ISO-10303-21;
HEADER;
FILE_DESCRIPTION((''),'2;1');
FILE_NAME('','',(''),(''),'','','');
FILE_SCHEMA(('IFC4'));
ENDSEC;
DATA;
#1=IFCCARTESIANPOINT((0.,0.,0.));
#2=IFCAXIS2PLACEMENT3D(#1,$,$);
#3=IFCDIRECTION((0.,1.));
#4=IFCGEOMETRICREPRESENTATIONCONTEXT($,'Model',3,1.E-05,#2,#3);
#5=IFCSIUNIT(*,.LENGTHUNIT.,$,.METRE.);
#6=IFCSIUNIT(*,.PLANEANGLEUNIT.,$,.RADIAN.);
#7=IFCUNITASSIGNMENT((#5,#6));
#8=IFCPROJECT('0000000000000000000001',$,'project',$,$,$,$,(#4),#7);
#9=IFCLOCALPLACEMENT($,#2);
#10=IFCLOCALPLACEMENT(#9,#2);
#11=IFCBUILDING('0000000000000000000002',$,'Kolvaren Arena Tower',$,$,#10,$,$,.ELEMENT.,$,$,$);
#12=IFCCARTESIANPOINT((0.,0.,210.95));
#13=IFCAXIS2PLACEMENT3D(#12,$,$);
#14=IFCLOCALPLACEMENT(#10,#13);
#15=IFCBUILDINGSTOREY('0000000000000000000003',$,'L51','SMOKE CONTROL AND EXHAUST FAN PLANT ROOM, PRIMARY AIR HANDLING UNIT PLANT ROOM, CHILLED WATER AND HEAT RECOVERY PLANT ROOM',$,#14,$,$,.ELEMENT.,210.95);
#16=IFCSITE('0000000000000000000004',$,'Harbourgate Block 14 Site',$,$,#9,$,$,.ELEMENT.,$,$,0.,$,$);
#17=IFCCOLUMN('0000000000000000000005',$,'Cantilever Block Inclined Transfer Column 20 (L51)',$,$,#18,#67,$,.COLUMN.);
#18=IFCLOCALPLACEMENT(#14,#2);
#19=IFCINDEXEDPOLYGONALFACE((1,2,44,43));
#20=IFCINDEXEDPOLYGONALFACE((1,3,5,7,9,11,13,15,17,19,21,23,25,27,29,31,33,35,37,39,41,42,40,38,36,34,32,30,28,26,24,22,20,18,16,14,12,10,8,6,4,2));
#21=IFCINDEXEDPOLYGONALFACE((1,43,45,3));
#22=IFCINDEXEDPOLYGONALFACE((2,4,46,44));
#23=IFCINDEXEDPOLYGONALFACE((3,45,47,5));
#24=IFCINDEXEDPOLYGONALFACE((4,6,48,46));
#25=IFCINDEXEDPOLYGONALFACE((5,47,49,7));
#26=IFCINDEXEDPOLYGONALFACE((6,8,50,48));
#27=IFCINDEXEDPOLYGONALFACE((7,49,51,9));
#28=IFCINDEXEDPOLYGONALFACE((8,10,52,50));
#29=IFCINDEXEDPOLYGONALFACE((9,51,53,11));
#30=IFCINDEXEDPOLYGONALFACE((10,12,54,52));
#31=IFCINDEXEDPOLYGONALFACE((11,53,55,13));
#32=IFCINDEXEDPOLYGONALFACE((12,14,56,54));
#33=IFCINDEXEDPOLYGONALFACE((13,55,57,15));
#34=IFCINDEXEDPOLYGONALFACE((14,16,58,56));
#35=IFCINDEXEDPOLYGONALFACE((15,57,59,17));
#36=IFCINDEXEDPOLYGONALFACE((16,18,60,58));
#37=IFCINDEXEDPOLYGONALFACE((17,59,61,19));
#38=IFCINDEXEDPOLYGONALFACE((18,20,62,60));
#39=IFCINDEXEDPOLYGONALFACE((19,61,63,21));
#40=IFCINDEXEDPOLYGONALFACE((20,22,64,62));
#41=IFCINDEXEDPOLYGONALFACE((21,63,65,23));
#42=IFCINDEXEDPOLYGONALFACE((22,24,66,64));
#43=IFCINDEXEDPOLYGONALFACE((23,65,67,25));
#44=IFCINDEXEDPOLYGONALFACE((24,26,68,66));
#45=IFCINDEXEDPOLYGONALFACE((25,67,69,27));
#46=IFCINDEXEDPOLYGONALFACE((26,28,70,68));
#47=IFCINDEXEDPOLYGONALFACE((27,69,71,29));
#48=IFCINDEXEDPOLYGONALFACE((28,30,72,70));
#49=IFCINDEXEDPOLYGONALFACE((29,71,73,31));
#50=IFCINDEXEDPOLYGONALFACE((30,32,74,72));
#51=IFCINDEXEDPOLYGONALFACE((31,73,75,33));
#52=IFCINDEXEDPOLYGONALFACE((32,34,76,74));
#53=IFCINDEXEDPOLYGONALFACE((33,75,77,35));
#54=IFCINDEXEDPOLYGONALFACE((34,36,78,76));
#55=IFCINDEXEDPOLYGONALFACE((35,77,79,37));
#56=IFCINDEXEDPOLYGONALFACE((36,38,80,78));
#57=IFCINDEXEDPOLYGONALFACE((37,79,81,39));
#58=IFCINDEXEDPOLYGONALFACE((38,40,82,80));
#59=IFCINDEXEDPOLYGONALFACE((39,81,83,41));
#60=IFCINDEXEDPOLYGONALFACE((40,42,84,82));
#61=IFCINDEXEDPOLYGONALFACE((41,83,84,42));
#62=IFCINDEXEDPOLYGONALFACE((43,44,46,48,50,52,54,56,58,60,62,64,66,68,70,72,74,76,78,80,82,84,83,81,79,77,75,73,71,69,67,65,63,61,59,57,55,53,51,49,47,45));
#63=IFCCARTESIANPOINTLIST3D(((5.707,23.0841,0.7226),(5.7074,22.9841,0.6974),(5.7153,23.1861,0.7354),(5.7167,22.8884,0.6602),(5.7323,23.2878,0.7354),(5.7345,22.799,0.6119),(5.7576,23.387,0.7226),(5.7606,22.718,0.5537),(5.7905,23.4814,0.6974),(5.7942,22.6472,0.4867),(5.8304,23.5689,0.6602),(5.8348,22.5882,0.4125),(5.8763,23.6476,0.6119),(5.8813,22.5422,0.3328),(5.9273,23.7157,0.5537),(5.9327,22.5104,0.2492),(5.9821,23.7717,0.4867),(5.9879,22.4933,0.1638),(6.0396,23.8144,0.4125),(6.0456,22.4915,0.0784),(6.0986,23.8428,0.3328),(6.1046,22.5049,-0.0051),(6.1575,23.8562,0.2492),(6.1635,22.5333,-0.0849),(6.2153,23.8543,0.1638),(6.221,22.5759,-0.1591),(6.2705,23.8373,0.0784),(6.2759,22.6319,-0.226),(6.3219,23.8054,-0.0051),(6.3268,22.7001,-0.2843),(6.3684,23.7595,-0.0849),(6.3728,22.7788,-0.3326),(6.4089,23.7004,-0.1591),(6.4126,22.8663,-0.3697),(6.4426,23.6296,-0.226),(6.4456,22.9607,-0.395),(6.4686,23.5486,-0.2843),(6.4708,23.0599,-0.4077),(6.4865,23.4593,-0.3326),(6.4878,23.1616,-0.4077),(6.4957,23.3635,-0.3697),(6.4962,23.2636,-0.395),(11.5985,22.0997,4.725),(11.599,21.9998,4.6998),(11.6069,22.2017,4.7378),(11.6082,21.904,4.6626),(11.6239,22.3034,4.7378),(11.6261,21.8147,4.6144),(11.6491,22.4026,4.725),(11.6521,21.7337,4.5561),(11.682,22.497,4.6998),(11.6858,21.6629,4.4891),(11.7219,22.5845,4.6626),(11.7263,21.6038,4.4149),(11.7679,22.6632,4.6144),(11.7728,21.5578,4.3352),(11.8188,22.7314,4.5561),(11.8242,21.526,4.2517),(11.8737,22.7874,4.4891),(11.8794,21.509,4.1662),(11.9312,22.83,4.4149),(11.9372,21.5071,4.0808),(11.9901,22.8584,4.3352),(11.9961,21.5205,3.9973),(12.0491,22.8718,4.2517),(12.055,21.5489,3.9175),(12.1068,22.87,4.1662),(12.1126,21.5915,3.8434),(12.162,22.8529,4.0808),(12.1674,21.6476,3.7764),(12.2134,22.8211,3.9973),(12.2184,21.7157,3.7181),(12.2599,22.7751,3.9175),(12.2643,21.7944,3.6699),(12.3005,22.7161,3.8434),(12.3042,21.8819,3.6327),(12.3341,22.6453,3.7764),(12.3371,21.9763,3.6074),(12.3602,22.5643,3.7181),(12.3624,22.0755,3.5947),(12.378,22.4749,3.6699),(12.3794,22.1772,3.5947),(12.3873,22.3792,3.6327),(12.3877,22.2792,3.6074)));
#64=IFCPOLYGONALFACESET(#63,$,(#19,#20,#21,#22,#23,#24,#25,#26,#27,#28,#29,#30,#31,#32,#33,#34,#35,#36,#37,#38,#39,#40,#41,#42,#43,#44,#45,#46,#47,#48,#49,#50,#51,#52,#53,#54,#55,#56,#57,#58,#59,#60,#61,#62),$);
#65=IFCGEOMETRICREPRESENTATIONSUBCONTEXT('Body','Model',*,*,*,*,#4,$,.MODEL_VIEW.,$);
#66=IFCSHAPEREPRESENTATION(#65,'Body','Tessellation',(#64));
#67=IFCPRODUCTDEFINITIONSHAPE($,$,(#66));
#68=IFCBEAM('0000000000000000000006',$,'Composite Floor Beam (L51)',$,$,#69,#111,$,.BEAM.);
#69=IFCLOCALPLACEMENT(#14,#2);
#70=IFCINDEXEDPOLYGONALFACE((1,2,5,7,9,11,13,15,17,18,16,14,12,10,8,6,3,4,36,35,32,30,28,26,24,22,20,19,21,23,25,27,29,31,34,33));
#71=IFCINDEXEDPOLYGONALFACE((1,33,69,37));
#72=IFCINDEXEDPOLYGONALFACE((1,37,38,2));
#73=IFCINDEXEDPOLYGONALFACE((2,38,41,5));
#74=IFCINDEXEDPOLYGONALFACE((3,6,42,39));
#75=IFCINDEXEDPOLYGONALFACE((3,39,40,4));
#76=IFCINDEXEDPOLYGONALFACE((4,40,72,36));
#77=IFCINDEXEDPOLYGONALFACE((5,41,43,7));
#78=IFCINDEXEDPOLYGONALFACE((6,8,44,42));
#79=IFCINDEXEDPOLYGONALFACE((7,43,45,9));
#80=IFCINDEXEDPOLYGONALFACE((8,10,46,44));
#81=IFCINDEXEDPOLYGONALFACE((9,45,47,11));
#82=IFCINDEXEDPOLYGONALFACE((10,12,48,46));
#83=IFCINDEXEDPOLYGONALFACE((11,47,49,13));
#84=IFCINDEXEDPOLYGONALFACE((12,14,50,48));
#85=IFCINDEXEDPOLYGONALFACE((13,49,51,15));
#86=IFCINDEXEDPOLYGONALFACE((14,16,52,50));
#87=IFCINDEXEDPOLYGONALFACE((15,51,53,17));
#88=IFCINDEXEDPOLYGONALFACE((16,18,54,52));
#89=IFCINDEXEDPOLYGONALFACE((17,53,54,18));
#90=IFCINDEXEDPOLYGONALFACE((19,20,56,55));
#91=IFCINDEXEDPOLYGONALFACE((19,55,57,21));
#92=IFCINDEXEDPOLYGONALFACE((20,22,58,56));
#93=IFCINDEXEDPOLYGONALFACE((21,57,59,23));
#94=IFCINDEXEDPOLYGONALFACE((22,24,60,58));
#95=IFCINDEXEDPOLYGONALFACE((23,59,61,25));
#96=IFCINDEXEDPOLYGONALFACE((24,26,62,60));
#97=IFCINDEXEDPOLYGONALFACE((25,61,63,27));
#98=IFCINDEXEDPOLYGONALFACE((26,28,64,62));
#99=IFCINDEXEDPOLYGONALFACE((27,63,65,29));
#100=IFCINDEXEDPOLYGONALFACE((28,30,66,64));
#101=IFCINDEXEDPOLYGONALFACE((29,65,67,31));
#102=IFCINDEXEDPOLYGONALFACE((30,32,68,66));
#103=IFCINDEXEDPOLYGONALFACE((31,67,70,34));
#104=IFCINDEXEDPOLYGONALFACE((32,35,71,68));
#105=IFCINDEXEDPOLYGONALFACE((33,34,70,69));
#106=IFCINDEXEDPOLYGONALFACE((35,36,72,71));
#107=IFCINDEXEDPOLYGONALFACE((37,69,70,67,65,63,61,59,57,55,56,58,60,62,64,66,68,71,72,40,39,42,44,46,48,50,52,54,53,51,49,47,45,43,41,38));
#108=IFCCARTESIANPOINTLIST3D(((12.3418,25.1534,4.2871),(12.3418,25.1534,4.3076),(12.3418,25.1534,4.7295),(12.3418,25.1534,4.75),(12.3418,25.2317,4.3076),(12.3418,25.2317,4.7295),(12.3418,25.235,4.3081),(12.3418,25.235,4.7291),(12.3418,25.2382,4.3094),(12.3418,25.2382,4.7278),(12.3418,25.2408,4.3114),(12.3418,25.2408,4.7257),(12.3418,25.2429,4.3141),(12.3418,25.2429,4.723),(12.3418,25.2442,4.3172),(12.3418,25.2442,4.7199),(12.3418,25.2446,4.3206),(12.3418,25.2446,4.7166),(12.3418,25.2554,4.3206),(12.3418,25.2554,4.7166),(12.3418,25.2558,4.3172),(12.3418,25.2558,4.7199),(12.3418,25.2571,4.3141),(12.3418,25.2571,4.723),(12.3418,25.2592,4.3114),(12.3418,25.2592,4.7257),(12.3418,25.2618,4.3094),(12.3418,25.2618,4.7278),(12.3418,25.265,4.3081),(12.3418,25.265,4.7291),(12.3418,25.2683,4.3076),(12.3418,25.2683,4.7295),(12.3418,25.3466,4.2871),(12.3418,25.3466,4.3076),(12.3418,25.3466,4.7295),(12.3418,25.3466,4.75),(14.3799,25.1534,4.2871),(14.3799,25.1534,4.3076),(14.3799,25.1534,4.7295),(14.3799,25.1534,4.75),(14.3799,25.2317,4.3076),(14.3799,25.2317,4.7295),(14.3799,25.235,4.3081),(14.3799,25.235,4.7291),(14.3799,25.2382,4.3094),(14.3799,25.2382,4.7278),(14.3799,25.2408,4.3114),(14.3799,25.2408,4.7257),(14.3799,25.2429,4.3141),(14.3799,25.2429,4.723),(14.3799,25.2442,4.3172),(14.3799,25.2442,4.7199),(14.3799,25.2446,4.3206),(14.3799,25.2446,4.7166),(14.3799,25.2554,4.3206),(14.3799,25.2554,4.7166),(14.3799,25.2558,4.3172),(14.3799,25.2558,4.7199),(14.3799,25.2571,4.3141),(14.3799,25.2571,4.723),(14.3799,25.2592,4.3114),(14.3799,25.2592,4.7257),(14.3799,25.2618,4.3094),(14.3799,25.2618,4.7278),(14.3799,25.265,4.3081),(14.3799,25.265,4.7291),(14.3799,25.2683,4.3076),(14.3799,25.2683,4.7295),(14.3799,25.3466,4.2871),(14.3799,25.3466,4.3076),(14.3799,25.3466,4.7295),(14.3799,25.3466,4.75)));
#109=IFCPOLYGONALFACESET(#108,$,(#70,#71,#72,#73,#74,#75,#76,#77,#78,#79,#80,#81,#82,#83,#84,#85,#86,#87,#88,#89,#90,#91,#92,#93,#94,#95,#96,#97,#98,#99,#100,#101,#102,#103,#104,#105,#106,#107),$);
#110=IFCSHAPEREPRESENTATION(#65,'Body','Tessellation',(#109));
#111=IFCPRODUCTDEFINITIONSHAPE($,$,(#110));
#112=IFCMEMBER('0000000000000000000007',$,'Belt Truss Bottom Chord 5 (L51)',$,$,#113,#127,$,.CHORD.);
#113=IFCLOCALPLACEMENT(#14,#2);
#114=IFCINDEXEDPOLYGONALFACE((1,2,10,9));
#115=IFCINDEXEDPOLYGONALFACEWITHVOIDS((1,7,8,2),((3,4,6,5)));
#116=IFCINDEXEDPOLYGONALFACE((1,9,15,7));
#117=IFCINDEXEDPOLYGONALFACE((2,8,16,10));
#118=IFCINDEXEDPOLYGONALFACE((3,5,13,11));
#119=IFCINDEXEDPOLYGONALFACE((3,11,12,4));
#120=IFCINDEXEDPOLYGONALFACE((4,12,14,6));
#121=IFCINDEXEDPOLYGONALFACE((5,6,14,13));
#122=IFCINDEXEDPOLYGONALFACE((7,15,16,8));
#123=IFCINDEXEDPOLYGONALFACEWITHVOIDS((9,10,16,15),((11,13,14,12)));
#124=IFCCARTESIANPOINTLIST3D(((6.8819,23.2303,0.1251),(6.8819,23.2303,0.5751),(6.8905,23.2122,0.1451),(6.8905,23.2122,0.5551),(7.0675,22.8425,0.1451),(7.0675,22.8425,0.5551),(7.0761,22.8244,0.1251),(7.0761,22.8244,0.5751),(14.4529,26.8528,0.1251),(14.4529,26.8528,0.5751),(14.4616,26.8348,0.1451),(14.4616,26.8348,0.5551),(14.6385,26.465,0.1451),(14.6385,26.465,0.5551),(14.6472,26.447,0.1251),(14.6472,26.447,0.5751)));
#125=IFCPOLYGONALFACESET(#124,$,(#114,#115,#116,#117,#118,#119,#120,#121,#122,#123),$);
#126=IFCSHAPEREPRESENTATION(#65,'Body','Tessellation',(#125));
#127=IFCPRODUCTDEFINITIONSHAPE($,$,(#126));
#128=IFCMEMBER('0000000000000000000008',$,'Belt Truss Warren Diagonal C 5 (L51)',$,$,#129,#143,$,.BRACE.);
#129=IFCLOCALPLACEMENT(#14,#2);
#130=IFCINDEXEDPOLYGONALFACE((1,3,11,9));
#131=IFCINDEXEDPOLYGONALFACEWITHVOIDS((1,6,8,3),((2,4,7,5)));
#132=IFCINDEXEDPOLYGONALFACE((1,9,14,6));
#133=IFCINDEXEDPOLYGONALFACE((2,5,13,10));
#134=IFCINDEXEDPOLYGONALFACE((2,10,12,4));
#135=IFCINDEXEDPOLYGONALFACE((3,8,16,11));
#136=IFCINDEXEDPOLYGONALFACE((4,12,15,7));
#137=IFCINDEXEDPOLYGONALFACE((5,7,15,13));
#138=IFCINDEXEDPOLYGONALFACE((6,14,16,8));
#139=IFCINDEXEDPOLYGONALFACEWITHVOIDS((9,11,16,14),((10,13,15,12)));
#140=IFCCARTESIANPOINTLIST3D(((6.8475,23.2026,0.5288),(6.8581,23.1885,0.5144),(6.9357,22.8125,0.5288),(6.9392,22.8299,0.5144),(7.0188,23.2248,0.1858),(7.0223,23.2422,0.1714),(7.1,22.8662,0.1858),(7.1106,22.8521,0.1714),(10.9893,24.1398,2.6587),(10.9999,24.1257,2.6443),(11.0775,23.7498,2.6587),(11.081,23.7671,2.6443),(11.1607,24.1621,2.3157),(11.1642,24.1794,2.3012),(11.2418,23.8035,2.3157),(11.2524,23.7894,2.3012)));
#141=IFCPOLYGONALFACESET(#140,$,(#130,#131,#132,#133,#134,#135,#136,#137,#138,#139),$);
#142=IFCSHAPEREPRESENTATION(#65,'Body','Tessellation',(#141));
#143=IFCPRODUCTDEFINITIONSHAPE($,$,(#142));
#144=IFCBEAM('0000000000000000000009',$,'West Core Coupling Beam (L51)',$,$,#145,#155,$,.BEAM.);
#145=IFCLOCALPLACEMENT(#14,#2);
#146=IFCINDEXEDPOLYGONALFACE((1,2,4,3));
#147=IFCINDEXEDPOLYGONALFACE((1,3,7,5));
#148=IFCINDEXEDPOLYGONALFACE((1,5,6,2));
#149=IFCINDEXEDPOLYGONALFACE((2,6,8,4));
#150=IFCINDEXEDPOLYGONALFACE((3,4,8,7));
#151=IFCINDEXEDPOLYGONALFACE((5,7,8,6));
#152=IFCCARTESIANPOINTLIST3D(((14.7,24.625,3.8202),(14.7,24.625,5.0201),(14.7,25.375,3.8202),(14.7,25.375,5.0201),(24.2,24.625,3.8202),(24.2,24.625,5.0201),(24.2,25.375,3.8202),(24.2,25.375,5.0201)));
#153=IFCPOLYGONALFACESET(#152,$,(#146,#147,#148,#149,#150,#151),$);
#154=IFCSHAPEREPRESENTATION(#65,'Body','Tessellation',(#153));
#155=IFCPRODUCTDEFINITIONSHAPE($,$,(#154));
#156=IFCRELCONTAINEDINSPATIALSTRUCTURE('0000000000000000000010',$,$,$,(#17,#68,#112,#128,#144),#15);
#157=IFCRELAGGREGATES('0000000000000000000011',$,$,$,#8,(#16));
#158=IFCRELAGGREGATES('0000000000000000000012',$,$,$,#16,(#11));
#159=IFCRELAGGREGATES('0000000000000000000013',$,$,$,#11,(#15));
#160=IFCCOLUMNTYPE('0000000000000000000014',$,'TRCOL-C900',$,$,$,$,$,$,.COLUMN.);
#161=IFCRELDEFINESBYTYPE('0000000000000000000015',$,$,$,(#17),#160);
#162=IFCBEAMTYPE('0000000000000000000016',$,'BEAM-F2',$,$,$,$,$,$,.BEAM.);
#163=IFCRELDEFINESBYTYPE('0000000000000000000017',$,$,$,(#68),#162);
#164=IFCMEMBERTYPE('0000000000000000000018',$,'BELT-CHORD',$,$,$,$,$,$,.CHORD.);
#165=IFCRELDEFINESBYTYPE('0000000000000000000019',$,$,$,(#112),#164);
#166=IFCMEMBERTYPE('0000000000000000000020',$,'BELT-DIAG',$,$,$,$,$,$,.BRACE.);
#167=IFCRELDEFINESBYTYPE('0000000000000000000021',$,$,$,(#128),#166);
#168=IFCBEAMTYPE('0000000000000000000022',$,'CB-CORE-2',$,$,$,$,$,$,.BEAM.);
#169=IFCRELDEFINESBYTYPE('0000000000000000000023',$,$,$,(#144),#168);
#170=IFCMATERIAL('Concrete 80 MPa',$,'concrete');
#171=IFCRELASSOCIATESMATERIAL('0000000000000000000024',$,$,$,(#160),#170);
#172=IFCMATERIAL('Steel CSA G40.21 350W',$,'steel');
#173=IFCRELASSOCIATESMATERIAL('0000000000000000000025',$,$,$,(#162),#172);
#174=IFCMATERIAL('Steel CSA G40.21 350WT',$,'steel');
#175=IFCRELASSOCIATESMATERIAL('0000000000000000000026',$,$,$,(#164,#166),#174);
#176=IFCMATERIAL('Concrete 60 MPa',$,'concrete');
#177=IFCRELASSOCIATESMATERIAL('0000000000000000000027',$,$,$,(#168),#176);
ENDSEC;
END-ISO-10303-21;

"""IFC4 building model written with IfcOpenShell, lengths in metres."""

from ifc_helpers import new_model, si_unit, direction, frame, origin, origin_2d, place, context, subcontext, project, spatial, rectangle, hollow_rectangle, circle, i_section, extrude, material, material_profile, profile_set, type_object, element, save


model = new_model("IFC4")

# Units and contexts
model_context = context("Model", 3, precision=1e-05, world=origin(), true_north=direction((0.0, 1.0)))
body_context = subcontext(model_context, "Body", "Model", "MODEL_VIEW")
ifc_project = project(units=[si_unit("LENGTHUNIT", "METRE"), si_unit("PLANEANGLEUNIT", "RADIAN")], contexts=[model_context])

# Site, building, storey
site_placement = place(None, origin())
site = spatial("IfcSite", under=ifc_project, at=site_placement, Name="Harbourgate Block 14 Site", CompositionType="ELEMENT", RefElevation=0.0)
building_placement = place(site_placement, origin())
building = spatial("IfcBuilding", under=site, at=building_placement, Name="Kolvaren Arena Tower", CompositionType="ELEMENT")
storey_placement = place(building_placement, frame((0.0, 0.0, 210.95)))
storey = spatial("IfcBuildingStorey", under=building, at=storey_placement, Name="L51", Description="SMOKE CONTROL AND EXHAUST FAN PLANT ROOM, PRIMARY AIR HANDLING UNIT PLANT ROOM, CHILLED WATER AND HEAT RECOVERY PLANT ROOM", CompositionType="ELEMENT", Elevation=210.95)

# Column
ifc_material_1 = material(Name="Concrete 80 MPa", Category="concrete")
ifc_material_profile_1 = material_profile(ifc_material_1, circle(Radius=0.6899, at=origin_2d()), Name="RC-CIRC-1380")
ifc_profile_set_1 = profile_set([ifc_material_profile_1], Name="Concrete 80 MPa")
column_type = type_object("IfcColumnType", Name="TRCOL-C900", PredefinedType="COLUMN", material=ifc_profile_set_1)
column_placement = place(storey_placement, frame((6.1016, 23.1738, 0.1638), z_axis=(0.819389, -0.136904, 0.556649), x_axis=(0.164797, 0.986328, 0.0)))
element("IfcColumn", 1, at=column_placement, inside=storey, type_object=column_type, Name="Cantilever Block Inclined Transfer Column 20 (L51)", PredefinedType="COLUMN", context=body_context, shape_type="SweptSolid", body=[
    extrude(circle(Radius=0.6899, at=origin_2d()), origin(), (0.0, 0.0, 1.0), 7.1902),
])

# Beam
ifc_material_2 = material(Name="Steel CSA G40.21 350W", Category="steel")
ifc_material_profile_2 = material_profile(ifc_material_2, i_section(OverallWidth=0.1931, OverallDepth=0.4629, WebThickness=0.0107, FlangeThickness=0.0205, FilletRadius=0.0129, at=origin_2d()), Name="W460x113")
ifc_profile_set_2 = profile_set([ifc_material_profile_2], Name="Steel CSA G40.21 350W")
beam_type_1 = type_object("IfcBeamType", Name="BEAM-F2", PredefinedType="BEAM", material=ifc_profile_set_2)
beam_1_placement = place(storey_placement, frame((12.3418, 25.25, 4.5186), z_axis=(1.0, 0.0, 0.0), x_axis=(0.0, 1.0, 0.0)))
element("IfcBeam", 2, at=beam_1_placement, inside=storey, type_object=beam_type_1, Name="Composite Floor Beam (L51)", PredefinedType="BEAM", context=body_context, shape_type="SweptSolid", body=[
    extrude(i_section(OverallWidth=0.1931, OverallDepth=0.4629, WebThickness=0.0107, FlangeThickness=0.0205, FilletRadius=0.0129, at=origin_2d()), origin(), (0.0, 0.0, 1.0), 2.0381),
])

# Members
ifc_material_3 = material(Name="Steel CSA G40.21 350WT", Category="steel")
ifc_material_profile_3 = material_profile(ifc_material_3, hollow_rectangle(XDim=0.45, YDim=0.45, WallThickness=0.02, at=origin_2d()), Name="HSS 450x450x20")
ifc_profile_set_3 = profile_set([ifc_material_profile_3], Name="Steel CSA G40.21 350WT")
member_type_1 = type_object("IfcMemberType", Name="BELT-CHORD", PredefinedType="CHORD", material=ifc_profile_set_3)
member_1_placement = place(storey_placement, frame((14.55, 26.6499, 0.3501), z_axis=(-0.902059, -0.431613, 0.0), x_axis=(0.431613, -0.902059, 0.0)))
element("IfcMember", 3, at=member_1_placement, inside=storey, type_object=member_type_1, Name="Belt Truss Bottom Chord 5 (L51)", PredefinedType="CHORD", context=body_context, shape_type="SweptSolid", body=[
    extrude(hollow_rectangle(XDim=0.45, YDim=0.45, WallThickness=0.02, at=origin_2d()), origin(), (0.0, 0.0, 1.0), 8.3931),
])
ifc_material_profile_4 = material_profile(ifc_material_3, hollow_rectangle(XDim=0.3999, YDim=0.3999, WallThickness=0.0161, at=origin_2d()), Name="HSS 400x400x16")
ifc_profile_set_4 = profile_set([ifc_material_profile_4], Name="Steel CSA G40.21 350WT")
member_type_2 = type_object("IfcMemberType", Name="BELT-DIAG", PredefinedType="BRACE", material=ifc_profile_set_4)
member_2_placement = place(storey_placement, frame((11.1208, 23.9646, 2.48), z_axis=(-0.871828, -0.197285, -0.448325), x_axis=(0.220709, -0.97534, 0.0)))
element("IfcMember", 4, at=member_2_placement, inside=storey, type_object=member_type_2, Name="Belt Truss Warren Diagonal C 5 (L51)", PredefinedType="BRACE", context=body_context, shape_type="SweptSolid", body=[
    extrude(hollow_rectangle(XDim=0.3999, YDim=0.3999, WallThickness=0.0161, at=origin_2d()), origin(), (0.0, 0.0, 1.0), 4.7507),
])

# Beam
ifc_material_4 = material(Name="Concrete 60 MPa", Category="concrete")
ifc_material_profile_5 = material_profile(ifc_material_4, rectangle(XDim=0.75, YDim=1.2, at=origin_2d()), Name="RC-750x1200")
ifc_profile_set_5 = profile_set([ifc_material_profile_5], Name="Concrete 60 MPa")
beam_type_2 = type_object("IfcBeamType", Name="CB-CORE-2", PredefinedType="BEAM", material=ifc_profile_set_5)
beam_2_placement = place(storey_placement, frame((14.7, 25.0, 4.4202), z_axis=(1.0, 0.0, 0.0), x_axis=(0.0, 1.0, 0.0)))
element("IfcBeam", 5, at=beam_2_placement, inside=storey, type_object=beam_type_2, Name="West Core Coupling Beam (L51)", PredefinedType="BEAM", context=body_context, shape_type="SweptSolid", body=[
    extrude(rectangle(XDim=0.75, YDim=1.2, at=origin_2d()), origin(), (0.0, 0.0, 1.0), 9.5),
])

save(model, "model.ifc")
